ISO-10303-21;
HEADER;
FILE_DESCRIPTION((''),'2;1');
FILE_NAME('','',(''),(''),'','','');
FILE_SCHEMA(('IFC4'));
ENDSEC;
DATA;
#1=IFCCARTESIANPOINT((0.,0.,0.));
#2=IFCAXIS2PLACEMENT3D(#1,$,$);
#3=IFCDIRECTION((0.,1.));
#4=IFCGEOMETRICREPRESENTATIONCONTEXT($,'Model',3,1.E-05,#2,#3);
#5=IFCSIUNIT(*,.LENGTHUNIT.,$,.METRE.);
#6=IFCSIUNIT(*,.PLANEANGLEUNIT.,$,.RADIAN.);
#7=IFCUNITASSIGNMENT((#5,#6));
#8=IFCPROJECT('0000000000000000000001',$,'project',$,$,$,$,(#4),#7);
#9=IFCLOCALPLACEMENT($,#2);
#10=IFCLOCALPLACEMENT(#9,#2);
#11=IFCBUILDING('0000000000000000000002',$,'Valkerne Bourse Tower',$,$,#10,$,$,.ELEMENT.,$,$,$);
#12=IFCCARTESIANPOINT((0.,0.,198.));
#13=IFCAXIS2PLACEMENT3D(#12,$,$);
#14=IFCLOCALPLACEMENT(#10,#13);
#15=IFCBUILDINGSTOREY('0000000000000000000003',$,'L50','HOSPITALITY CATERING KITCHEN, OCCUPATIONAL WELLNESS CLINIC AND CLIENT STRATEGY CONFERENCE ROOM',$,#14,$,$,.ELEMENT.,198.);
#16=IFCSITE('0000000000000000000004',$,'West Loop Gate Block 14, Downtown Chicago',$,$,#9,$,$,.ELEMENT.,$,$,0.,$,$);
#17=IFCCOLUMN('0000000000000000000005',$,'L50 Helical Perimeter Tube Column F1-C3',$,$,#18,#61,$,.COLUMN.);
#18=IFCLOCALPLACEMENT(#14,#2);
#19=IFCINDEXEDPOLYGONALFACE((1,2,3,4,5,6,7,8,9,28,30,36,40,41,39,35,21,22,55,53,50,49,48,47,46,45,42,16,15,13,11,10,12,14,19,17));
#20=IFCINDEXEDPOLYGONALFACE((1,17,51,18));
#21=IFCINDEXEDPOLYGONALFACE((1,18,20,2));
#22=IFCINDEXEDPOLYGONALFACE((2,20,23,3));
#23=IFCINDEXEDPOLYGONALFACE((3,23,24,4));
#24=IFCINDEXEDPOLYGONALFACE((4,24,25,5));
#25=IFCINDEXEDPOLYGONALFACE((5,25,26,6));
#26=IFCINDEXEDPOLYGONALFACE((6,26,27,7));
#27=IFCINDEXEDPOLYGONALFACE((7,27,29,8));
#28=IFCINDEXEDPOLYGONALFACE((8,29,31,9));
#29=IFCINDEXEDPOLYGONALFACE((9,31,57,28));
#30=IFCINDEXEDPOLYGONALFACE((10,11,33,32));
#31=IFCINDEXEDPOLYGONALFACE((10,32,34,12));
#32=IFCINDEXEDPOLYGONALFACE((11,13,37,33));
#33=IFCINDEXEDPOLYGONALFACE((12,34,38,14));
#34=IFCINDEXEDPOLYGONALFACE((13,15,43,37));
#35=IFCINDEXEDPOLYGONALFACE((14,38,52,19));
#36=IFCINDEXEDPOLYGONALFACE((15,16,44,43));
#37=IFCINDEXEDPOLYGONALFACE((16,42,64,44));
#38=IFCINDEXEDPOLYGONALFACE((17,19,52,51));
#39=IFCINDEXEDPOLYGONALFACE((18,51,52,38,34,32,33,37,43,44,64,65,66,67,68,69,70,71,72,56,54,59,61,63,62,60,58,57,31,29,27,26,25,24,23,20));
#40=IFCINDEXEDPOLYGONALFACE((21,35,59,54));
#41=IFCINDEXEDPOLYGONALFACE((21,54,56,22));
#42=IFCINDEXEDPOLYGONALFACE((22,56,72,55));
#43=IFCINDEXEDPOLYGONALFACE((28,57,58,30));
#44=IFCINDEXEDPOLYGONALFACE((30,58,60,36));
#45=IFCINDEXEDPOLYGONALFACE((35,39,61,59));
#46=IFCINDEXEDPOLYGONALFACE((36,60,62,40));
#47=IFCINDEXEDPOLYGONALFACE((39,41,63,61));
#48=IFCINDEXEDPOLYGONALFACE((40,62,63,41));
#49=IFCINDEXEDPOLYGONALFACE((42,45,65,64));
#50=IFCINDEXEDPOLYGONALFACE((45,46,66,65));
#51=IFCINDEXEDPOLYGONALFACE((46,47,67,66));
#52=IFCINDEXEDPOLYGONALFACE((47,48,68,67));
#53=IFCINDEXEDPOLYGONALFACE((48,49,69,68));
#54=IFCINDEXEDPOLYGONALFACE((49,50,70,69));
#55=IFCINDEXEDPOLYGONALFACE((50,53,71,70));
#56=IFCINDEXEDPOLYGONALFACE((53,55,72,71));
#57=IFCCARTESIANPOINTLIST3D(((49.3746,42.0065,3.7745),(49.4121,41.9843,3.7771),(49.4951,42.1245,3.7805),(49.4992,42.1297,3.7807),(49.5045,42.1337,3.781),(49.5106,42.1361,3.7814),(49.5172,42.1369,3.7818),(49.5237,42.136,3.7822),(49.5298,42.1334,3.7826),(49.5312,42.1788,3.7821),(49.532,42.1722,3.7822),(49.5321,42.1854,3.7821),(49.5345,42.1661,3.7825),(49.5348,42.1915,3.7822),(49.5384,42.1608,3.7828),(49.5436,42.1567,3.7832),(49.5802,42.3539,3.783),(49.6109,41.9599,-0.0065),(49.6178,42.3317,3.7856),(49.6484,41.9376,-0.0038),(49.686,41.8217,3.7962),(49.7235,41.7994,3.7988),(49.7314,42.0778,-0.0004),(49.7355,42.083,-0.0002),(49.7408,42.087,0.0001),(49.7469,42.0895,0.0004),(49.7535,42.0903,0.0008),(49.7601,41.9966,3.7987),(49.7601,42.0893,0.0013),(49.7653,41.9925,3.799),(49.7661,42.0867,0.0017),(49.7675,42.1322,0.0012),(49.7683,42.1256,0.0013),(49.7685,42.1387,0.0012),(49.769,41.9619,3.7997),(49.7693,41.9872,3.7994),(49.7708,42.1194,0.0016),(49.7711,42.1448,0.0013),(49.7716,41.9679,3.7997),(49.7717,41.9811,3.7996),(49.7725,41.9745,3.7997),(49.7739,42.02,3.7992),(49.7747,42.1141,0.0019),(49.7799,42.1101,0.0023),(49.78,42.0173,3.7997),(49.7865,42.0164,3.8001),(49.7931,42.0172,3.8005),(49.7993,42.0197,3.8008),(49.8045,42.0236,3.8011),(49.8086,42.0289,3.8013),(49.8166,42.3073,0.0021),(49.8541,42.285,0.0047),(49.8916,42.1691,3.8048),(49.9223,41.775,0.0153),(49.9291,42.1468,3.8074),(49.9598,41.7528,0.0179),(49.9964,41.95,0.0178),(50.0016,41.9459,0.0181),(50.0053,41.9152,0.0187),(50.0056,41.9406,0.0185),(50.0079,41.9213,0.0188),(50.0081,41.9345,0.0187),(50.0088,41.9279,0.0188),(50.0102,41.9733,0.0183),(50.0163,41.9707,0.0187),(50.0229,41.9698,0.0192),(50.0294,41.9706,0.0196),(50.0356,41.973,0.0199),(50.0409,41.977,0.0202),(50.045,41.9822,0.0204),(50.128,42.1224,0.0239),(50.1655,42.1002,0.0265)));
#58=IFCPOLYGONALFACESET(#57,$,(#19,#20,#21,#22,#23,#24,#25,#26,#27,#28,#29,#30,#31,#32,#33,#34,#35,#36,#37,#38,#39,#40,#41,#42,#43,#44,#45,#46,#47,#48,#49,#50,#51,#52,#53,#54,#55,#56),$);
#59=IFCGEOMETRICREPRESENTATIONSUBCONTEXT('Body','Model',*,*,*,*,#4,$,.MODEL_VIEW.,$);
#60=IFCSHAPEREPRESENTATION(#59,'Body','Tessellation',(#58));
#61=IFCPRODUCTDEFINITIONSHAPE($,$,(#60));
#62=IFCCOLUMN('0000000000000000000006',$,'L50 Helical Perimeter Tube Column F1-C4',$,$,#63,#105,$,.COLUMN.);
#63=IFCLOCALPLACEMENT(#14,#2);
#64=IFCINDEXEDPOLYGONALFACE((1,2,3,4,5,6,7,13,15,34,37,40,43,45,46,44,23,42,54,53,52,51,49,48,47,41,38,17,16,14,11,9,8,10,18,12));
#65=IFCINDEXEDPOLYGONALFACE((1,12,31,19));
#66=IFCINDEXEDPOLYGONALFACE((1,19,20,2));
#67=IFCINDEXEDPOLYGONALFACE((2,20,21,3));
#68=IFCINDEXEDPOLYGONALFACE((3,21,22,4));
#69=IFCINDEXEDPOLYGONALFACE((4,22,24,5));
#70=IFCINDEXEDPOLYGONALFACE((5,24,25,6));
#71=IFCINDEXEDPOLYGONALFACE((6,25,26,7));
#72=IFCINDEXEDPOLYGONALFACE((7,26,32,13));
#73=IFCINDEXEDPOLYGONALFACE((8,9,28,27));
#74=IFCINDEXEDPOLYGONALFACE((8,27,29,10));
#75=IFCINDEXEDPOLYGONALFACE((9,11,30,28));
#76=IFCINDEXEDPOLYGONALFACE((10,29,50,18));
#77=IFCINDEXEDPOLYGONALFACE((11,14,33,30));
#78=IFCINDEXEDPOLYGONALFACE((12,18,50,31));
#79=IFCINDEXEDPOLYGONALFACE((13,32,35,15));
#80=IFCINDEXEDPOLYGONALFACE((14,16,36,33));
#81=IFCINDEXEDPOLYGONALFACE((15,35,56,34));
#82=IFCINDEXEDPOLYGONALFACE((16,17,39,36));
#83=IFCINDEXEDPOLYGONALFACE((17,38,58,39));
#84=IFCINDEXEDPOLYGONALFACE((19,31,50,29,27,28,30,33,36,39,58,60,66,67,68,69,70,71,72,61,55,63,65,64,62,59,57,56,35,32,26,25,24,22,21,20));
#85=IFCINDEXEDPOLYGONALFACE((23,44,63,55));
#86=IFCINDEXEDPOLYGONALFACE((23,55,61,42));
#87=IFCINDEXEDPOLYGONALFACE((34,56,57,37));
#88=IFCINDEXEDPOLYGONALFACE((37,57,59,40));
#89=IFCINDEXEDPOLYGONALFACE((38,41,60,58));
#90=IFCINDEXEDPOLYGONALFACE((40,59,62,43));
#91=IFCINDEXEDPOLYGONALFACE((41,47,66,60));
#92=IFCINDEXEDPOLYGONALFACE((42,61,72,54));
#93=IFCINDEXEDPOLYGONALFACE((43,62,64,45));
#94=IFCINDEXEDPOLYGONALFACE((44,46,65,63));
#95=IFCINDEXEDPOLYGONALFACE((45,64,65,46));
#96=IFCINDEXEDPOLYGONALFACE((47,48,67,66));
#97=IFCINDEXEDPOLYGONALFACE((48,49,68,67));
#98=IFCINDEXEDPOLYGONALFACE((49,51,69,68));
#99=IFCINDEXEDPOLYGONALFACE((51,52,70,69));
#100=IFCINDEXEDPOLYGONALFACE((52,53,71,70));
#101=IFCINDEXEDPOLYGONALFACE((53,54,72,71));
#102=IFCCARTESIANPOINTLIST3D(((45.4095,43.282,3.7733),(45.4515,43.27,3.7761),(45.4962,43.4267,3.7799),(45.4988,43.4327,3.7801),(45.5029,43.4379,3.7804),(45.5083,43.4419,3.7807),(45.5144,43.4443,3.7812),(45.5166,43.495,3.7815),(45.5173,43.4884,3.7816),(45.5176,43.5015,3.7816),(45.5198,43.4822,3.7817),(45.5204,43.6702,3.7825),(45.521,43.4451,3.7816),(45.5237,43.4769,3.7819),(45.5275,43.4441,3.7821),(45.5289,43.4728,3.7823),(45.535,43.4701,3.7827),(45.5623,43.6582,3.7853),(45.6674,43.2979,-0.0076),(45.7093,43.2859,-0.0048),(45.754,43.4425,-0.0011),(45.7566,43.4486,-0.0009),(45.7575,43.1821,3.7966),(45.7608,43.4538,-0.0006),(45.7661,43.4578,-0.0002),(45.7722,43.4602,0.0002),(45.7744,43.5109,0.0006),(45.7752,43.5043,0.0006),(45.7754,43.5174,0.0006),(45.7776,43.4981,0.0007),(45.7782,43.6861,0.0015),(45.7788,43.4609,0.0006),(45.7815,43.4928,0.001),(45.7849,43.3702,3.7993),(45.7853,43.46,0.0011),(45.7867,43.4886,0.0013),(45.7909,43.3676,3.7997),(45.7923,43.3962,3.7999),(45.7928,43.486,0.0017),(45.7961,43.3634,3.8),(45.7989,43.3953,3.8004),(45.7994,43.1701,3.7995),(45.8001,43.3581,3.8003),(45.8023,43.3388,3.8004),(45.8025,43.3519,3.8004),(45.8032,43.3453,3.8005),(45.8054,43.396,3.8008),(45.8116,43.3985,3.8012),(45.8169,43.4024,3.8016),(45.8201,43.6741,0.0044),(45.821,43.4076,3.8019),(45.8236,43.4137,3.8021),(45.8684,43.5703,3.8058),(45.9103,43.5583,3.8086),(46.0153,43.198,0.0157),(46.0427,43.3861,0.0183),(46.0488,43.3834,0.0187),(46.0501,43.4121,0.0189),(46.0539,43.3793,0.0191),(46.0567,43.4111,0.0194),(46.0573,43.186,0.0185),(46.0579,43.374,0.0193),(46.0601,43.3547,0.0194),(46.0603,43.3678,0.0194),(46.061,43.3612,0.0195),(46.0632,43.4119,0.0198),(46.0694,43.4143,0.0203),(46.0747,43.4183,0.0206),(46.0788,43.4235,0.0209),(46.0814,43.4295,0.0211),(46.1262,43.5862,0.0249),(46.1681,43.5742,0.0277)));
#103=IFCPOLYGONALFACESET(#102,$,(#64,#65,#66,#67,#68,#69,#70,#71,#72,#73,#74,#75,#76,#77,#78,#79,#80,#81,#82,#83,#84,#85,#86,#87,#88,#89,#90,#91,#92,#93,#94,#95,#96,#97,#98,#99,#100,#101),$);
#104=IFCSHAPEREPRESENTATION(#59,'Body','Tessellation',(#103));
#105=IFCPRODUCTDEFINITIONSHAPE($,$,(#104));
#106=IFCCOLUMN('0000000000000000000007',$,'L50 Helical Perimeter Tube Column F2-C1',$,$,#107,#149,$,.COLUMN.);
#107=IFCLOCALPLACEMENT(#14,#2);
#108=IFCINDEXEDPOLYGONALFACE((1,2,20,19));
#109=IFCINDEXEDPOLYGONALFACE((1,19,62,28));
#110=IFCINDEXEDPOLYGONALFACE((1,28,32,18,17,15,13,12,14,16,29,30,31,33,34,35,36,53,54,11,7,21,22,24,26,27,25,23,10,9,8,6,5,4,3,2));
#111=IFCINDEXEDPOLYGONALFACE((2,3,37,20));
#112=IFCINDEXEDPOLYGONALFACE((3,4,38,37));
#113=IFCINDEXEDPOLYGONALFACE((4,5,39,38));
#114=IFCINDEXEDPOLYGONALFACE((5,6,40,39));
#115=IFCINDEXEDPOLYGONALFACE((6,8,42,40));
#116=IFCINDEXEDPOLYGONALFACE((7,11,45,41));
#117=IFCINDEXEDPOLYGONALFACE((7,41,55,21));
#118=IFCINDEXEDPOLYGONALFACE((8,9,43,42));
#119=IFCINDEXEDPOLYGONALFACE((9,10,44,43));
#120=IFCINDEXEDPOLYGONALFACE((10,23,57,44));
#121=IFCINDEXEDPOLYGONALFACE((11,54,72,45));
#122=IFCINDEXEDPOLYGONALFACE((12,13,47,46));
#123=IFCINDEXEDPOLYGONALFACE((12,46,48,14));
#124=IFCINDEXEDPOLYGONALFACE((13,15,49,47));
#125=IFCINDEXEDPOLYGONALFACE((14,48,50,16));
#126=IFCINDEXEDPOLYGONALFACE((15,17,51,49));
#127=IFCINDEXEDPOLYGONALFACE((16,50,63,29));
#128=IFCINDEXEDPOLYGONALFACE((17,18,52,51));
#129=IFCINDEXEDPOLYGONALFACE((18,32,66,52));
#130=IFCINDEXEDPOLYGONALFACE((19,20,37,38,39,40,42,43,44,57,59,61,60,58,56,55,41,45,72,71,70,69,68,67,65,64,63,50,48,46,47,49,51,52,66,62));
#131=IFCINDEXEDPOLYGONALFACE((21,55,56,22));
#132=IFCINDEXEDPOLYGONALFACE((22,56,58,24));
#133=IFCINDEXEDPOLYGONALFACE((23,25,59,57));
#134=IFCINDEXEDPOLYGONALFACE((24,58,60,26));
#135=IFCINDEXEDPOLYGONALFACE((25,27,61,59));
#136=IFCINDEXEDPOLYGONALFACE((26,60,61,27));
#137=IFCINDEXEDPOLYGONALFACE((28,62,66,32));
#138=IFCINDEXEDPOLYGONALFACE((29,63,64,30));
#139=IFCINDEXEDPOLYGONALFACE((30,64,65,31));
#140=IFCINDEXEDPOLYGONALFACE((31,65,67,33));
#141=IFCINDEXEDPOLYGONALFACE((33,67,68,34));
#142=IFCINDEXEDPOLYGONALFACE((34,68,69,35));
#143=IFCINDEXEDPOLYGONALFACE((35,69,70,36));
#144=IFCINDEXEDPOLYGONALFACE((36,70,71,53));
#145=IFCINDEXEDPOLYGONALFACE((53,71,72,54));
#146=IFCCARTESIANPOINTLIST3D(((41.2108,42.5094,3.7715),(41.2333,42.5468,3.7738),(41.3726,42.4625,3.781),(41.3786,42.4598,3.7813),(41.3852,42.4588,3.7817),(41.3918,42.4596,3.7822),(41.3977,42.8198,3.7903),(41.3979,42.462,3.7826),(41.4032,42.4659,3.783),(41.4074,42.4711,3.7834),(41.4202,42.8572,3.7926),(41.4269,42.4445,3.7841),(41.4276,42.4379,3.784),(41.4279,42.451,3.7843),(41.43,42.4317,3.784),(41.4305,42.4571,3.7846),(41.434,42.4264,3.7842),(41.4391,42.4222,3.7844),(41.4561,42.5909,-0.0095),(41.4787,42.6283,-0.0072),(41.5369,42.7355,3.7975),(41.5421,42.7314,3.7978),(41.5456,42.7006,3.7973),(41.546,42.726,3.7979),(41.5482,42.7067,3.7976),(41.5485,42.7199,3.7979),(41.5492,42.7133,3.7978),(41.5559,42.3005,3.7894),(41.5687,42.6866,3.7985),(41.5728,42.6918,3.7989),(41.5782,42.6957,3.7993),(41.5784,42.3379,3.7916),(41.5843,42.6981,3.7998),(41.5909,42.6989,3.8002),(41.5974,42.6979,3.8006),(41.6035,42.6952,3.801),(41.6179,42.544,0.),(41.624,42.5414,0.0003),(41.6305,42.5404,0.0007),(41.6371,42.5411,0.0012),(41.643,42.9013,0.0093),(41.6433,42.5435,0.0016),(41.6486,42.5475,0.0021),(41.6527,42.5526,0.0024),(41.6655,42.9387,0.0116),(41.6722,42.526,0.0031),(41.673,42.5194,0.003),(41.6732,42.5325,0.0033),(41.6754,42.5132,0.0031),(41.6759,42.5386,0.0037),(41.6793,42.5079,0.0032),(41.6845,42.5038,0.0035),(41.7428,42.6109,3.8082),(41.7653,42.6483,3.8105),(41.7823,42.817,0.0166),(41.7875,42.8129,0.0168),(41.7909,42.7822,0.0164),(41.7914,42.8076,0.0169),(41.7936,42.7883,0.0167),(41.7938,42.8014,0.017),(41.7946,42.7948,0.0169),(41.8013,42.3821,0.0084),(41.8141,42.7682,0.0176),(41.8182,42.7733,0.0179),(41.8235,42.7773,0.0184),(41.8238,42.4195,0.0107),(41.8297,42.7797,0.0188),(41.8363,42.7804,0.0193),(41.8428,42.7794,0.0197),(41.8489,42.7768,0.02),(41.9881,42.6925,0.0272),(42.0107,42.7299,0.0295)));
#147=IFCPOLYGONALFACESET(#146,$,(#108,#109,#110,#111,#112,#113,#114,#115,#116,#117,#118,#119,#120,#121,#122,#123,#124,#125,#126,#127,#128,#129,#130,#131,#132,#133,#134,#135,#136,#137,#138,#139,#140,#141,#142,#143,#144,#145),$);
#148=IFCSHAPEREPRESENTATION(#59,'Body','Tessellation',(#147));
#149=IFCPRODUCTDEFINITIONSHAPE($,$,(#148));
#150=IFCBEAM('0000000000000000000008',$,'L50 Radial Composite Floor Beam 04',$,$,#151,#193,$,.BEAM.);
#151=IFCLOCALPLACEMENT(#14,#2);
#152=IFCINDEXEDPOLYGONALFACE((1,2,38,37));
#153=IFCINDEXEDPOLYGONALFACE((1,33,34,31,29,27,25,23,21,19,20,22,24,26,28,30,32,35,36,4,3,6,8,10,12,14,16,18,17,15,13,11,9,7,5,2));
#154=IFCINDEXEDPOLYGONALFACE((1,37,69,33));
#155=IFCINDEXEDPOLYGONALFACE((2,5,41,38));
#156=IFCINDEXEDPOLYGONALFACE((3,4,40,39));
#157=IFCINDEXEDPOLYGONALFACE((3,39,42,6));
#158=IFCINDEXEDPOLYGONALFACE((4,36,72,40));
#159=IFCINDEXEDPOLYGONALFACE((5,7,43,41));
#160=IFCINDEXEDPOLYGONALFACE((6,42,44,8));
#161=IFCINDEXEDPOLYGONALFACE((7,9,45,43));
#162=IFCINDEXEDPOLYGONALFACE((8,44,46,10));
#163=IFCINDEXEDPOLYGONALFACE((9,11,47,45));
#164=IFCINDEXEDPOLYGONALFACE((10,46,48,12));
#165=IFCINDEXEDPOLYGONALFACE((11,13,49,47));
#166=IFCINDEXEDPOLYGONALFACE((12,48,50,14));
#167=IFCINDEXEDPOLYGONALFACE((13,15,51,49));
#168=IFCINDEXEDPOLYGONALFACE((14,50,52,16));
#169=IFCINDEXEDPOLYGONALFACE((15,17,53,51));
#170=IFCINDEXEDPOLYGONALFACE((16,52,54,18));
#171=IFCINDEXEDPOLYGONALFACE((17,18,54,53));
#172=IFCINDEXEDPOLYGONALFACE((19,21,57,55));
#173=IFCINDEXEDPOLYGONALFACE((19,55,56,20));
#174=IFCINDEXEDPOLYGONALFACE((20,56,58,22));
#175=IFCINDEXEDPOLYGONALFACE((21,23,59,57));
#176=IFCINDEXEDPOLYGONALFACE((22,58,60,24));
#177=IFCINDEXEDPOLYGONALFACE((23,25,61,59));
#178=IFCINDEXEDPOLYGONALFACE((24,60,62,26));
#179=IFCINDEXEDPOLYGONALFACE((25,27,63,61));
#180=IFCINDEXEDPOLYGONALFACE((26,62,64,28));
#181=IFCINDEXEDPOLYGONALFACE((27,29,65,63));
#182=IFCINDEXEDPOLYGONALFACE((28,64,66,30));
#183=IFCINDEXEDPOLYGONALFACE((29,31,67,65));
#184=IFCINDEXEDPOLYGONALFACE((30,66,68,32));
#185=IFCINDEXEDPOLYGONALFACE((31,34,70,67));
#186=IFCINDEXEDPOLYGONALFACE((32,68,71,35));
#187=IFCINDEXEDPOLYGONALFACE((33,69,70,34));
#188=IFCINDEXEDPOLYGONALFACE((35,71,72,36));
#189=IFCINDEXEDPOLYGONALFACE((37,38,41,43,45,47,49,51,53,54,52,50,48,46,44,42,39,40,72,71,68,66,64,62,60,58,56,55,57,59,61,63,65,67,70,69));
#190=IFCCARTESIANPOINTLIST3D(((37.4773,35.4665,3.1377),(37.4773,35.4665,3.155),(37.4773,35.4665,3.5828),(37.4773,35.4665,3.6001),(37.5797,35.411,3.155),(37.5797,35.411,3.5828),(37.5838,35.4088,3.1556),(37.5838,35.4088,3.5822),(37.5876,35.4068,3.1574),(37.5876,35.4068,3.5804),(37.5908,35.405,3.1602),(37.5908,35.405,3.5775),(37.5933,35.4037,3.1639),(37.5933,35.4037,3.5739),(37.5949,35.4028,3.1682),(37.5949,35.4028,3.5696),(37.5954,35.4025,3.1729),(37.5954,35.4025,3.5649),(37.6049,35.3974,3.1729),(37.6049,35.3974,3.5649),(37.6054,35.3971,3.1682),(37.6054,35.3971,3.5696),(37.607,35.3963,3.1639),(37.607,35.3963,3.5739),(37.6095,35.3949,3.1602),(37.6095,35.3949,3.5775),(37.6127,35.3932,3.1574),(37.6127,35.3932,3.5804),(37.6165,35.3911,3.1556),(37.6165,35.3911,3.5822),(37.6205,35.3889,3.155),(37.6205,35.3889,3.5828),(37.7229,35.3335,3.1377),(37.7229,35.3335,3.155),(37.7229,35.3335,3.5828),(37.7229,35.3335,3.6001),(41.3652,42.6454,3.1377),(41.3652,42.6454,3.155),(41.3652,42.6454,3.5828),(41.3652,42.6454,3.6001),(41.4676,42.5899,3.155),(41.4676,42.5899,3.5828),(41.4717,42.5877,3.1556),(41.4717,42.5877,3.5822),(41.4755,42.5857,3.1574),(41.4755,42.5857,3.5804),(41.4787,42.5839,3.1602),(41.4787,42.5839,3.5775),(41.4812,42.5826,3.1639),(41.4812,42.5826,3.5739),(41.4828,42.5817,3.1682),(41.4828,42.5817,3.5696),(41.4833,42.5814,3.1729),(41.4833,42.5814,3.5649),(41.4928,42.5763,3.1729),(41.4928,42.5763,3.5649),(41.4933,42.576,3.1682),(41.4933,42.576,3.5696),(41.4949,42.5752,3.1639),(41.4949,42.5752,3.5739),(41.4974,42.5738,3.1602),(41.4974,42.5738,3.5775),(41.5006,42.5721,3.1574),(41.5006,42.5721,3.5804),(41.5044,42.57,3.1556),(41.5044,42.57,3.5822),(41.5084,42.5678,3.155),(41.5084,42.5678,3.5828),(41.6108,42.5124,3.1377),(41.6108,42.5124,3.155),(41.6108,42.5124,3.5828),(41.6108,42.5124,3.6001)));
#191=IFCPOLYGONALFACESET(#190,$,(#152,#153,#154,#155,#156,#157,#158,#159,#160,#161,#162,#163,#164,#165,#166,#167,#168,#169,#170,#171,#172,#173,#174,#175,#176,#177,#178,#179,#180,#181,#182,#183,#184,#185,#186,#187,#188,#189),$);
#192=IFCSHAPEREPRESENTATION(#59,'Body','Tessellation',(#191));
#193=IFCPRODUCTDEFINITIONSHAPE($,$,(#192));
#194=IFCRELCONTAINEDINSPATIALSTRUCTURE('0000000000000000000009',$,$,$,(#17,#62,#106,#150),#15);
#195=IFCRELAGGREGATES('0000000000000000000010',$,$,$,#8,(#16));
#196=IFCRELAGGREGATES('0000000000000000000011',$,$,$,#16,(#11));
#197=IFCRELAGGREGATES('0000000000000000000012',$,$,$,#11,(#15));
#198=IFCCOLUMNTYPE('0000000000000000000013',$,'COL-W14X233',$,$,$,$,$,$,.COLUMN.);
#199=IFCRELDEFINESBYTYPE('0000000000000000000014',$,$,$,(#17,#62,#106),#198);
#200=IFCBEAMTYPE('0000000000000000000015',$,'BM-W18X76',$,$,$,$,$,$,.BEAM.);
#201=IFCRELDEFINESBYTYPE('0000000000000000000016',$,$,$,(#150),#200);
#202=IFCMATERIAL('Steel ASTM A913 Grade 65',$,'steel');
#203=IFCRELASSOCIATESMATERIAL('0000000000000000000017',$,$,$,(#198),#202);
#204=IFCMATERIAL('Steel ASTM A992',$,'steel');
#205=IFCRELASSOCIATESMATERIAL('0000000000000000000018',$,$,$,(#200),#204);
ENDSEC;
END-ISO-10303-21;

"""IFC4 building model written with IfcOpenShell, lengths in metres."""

from ifc_helpers import new_model, si_unit, direction, frame, origin, origin_2d, place, context, subcontext, project, spatial, i_section, extrude, material, material_profile, profile_set, type_object, element, save


model = new_model("IFC4")

# Units and contexts
model_context = context("Model", 3, precision=1e-05, world=origin(), true_north=direction((0.0, 1.0)))
body_context = subcontext(model_context, "Body", "Model", "MODEL_VIEW")
ifc_project = project(units=[si_unit("LENGTHUNIT", "METRE"), si_unit("PLANEANGLEUNIT", "RADIAN")], contexts=[model_context])

# Site, building, storey
site_placement = place(None, origin())
site = spatial("IfcSite", under=ifc_project, at=site_placement, Name="West Loop Gate Block 14, Downtown Chicago", CompositionType="ELEMENT", RefElevation=0.0)
building_placement = place(site_placement, origin())
building = spatial("IfcBuilding", under=site, at=building_placement, Name="Valkerne Bourse Tower", CompositionType="ELEMENT")
storey_placement = place(building_placement, frame((0.0, 0.0, 198.0)))
storey = spatial("IfcBuildingStorey", under=building, at=storey_placement, Name="L50", Description="HOSPITALITY CATERING KITCHEN, OCCUPATIONAL WELLNESS CLINIC AND CLIENT STRATEGY CONFERENCE ROOM", CompositionType="ELEMENT", Elevation=198.0)

# Columns
ifc_material_1 = material(Name="Steel ASTM A913 Grade 65", Category="steel")
ifc_material_profile_1 = material_profile(ifc_material_1, i_section(OverallWidth=0.4038, OverallDepth=0.4065, WebThickness=0.0271, FlangeThickness=0.0437, FilletRadius=0.0254, at=origin_2d()), Name="W14X233")
ifc_profile_set_1 = profile_set([ifc_material_profile_1], Name="Steel ASTM A913 Grade 65")
column_type = type_object("IfcColumnType", Name="COL-W14X233", PredefinedType="COLUMN", material=ifc_profile_set_1)
column_placement = place(storey_placement, frame((49.8882, 42.03, 0.01), z_axis=(-0.062378, 0.012308, 0.997977), x_axis=(0.509308, 0.860322, 0.021224)))
element("IfcColumn", 1, at=column_placement, inside=storey, type_object=column_type, Name="L50 Helical Perimeter Tube Column F1-C3", PredefinedType="COLUMN", context=body_context, shape_type="SweptSolid", body=[
    extrude(i_section(OverallWidth=0.4038, OverallDepth=0.4065, WebThickness=0.0271, FlangeThickness=0.0437, FilletRadius=0.0254, at=origin_2d()), origin(), (0.0, 0.0, 1.0), 3.7886),
])
for number, where, z_axis, x_axis, name in (
    (2, (45.9177, 43.436, 0.01), (-0.068028, -0.004187, 0.997675), (0.274489, 0.961321, 0.022751), "L50 Helical Perimeter Tube Column F1-C4"),
    (3, (41.7334, 42.6604, 0.01), (-0.064742, -0.021516, 0.99767), (-0.854683, 0.517255, -0.044308), "L50 Helical Perimeter Tube Column F2-C1"),
):
    element("IfcColumn", number, at=place(storey_placement, frame(where, z_axis=z_axis, x_axis=x_axis)), inside=storey, type_object=column_type, Name=name, PredefinedType="COLUMN", context=body_context, shape_type="SweptSolid", body=[
        extrude(i_section(OverallWidth=0.4038, OverallDepth=0.4065, WebThickness=0.0271, FlangeThickness=0.0437, FilletRadius=0.0254, at=origin_2d()), origin(), (0.0, 0.0, 1.0), 3.7898),
    ])

# Beam
ifc_material_2 = material(Name="Steel ASTM A992", Category="steel")
ifc_material_profile_2 = material_profile(ifc_material_2, i_section(OverallWidth=0.2793, OverallDepth=0.4624, WebThickness=0.0107, FlangeThickness=0.0173, FilletRadius=0.0178, at=origin_2d()), Name="W18X76")
ifc_profile_set_2 = profile_set([ifc_material_profile_2], Name="Steel ASTM A992")
beam_type_1 = type_object("IfcBeamType", Name="BM-W18X76", PredefinedType="BEAM", material=ifc_profile_set_2)
beam_1_placement = place(storey_placement, frame((41.488, 42.5789, 3.3689), z_axis=(-0.476221, -0.879326, 0.0), x_axis=(0.879326, -0.476221, 0.0)))
element("IfcBeam", 4, at=beam_1_placement, inside=storey, type_object=beam_type_1, Name="L50 Radial Composite Floor Beam 04", PredefinedType="BEAM", context=body_context, shape_type="SweptSolid", body=[
    extrude(i_section(OverallWidth=0.2793, OverallDepth=0.4624, WebThickness=0.0107, FlangeThickness=0.0173, FilletRadius=0.0178, at=origin_2d()), origin(), (0.0, 0.0, 1.0), 8.1641),
])

save(model, "model.ifc")
